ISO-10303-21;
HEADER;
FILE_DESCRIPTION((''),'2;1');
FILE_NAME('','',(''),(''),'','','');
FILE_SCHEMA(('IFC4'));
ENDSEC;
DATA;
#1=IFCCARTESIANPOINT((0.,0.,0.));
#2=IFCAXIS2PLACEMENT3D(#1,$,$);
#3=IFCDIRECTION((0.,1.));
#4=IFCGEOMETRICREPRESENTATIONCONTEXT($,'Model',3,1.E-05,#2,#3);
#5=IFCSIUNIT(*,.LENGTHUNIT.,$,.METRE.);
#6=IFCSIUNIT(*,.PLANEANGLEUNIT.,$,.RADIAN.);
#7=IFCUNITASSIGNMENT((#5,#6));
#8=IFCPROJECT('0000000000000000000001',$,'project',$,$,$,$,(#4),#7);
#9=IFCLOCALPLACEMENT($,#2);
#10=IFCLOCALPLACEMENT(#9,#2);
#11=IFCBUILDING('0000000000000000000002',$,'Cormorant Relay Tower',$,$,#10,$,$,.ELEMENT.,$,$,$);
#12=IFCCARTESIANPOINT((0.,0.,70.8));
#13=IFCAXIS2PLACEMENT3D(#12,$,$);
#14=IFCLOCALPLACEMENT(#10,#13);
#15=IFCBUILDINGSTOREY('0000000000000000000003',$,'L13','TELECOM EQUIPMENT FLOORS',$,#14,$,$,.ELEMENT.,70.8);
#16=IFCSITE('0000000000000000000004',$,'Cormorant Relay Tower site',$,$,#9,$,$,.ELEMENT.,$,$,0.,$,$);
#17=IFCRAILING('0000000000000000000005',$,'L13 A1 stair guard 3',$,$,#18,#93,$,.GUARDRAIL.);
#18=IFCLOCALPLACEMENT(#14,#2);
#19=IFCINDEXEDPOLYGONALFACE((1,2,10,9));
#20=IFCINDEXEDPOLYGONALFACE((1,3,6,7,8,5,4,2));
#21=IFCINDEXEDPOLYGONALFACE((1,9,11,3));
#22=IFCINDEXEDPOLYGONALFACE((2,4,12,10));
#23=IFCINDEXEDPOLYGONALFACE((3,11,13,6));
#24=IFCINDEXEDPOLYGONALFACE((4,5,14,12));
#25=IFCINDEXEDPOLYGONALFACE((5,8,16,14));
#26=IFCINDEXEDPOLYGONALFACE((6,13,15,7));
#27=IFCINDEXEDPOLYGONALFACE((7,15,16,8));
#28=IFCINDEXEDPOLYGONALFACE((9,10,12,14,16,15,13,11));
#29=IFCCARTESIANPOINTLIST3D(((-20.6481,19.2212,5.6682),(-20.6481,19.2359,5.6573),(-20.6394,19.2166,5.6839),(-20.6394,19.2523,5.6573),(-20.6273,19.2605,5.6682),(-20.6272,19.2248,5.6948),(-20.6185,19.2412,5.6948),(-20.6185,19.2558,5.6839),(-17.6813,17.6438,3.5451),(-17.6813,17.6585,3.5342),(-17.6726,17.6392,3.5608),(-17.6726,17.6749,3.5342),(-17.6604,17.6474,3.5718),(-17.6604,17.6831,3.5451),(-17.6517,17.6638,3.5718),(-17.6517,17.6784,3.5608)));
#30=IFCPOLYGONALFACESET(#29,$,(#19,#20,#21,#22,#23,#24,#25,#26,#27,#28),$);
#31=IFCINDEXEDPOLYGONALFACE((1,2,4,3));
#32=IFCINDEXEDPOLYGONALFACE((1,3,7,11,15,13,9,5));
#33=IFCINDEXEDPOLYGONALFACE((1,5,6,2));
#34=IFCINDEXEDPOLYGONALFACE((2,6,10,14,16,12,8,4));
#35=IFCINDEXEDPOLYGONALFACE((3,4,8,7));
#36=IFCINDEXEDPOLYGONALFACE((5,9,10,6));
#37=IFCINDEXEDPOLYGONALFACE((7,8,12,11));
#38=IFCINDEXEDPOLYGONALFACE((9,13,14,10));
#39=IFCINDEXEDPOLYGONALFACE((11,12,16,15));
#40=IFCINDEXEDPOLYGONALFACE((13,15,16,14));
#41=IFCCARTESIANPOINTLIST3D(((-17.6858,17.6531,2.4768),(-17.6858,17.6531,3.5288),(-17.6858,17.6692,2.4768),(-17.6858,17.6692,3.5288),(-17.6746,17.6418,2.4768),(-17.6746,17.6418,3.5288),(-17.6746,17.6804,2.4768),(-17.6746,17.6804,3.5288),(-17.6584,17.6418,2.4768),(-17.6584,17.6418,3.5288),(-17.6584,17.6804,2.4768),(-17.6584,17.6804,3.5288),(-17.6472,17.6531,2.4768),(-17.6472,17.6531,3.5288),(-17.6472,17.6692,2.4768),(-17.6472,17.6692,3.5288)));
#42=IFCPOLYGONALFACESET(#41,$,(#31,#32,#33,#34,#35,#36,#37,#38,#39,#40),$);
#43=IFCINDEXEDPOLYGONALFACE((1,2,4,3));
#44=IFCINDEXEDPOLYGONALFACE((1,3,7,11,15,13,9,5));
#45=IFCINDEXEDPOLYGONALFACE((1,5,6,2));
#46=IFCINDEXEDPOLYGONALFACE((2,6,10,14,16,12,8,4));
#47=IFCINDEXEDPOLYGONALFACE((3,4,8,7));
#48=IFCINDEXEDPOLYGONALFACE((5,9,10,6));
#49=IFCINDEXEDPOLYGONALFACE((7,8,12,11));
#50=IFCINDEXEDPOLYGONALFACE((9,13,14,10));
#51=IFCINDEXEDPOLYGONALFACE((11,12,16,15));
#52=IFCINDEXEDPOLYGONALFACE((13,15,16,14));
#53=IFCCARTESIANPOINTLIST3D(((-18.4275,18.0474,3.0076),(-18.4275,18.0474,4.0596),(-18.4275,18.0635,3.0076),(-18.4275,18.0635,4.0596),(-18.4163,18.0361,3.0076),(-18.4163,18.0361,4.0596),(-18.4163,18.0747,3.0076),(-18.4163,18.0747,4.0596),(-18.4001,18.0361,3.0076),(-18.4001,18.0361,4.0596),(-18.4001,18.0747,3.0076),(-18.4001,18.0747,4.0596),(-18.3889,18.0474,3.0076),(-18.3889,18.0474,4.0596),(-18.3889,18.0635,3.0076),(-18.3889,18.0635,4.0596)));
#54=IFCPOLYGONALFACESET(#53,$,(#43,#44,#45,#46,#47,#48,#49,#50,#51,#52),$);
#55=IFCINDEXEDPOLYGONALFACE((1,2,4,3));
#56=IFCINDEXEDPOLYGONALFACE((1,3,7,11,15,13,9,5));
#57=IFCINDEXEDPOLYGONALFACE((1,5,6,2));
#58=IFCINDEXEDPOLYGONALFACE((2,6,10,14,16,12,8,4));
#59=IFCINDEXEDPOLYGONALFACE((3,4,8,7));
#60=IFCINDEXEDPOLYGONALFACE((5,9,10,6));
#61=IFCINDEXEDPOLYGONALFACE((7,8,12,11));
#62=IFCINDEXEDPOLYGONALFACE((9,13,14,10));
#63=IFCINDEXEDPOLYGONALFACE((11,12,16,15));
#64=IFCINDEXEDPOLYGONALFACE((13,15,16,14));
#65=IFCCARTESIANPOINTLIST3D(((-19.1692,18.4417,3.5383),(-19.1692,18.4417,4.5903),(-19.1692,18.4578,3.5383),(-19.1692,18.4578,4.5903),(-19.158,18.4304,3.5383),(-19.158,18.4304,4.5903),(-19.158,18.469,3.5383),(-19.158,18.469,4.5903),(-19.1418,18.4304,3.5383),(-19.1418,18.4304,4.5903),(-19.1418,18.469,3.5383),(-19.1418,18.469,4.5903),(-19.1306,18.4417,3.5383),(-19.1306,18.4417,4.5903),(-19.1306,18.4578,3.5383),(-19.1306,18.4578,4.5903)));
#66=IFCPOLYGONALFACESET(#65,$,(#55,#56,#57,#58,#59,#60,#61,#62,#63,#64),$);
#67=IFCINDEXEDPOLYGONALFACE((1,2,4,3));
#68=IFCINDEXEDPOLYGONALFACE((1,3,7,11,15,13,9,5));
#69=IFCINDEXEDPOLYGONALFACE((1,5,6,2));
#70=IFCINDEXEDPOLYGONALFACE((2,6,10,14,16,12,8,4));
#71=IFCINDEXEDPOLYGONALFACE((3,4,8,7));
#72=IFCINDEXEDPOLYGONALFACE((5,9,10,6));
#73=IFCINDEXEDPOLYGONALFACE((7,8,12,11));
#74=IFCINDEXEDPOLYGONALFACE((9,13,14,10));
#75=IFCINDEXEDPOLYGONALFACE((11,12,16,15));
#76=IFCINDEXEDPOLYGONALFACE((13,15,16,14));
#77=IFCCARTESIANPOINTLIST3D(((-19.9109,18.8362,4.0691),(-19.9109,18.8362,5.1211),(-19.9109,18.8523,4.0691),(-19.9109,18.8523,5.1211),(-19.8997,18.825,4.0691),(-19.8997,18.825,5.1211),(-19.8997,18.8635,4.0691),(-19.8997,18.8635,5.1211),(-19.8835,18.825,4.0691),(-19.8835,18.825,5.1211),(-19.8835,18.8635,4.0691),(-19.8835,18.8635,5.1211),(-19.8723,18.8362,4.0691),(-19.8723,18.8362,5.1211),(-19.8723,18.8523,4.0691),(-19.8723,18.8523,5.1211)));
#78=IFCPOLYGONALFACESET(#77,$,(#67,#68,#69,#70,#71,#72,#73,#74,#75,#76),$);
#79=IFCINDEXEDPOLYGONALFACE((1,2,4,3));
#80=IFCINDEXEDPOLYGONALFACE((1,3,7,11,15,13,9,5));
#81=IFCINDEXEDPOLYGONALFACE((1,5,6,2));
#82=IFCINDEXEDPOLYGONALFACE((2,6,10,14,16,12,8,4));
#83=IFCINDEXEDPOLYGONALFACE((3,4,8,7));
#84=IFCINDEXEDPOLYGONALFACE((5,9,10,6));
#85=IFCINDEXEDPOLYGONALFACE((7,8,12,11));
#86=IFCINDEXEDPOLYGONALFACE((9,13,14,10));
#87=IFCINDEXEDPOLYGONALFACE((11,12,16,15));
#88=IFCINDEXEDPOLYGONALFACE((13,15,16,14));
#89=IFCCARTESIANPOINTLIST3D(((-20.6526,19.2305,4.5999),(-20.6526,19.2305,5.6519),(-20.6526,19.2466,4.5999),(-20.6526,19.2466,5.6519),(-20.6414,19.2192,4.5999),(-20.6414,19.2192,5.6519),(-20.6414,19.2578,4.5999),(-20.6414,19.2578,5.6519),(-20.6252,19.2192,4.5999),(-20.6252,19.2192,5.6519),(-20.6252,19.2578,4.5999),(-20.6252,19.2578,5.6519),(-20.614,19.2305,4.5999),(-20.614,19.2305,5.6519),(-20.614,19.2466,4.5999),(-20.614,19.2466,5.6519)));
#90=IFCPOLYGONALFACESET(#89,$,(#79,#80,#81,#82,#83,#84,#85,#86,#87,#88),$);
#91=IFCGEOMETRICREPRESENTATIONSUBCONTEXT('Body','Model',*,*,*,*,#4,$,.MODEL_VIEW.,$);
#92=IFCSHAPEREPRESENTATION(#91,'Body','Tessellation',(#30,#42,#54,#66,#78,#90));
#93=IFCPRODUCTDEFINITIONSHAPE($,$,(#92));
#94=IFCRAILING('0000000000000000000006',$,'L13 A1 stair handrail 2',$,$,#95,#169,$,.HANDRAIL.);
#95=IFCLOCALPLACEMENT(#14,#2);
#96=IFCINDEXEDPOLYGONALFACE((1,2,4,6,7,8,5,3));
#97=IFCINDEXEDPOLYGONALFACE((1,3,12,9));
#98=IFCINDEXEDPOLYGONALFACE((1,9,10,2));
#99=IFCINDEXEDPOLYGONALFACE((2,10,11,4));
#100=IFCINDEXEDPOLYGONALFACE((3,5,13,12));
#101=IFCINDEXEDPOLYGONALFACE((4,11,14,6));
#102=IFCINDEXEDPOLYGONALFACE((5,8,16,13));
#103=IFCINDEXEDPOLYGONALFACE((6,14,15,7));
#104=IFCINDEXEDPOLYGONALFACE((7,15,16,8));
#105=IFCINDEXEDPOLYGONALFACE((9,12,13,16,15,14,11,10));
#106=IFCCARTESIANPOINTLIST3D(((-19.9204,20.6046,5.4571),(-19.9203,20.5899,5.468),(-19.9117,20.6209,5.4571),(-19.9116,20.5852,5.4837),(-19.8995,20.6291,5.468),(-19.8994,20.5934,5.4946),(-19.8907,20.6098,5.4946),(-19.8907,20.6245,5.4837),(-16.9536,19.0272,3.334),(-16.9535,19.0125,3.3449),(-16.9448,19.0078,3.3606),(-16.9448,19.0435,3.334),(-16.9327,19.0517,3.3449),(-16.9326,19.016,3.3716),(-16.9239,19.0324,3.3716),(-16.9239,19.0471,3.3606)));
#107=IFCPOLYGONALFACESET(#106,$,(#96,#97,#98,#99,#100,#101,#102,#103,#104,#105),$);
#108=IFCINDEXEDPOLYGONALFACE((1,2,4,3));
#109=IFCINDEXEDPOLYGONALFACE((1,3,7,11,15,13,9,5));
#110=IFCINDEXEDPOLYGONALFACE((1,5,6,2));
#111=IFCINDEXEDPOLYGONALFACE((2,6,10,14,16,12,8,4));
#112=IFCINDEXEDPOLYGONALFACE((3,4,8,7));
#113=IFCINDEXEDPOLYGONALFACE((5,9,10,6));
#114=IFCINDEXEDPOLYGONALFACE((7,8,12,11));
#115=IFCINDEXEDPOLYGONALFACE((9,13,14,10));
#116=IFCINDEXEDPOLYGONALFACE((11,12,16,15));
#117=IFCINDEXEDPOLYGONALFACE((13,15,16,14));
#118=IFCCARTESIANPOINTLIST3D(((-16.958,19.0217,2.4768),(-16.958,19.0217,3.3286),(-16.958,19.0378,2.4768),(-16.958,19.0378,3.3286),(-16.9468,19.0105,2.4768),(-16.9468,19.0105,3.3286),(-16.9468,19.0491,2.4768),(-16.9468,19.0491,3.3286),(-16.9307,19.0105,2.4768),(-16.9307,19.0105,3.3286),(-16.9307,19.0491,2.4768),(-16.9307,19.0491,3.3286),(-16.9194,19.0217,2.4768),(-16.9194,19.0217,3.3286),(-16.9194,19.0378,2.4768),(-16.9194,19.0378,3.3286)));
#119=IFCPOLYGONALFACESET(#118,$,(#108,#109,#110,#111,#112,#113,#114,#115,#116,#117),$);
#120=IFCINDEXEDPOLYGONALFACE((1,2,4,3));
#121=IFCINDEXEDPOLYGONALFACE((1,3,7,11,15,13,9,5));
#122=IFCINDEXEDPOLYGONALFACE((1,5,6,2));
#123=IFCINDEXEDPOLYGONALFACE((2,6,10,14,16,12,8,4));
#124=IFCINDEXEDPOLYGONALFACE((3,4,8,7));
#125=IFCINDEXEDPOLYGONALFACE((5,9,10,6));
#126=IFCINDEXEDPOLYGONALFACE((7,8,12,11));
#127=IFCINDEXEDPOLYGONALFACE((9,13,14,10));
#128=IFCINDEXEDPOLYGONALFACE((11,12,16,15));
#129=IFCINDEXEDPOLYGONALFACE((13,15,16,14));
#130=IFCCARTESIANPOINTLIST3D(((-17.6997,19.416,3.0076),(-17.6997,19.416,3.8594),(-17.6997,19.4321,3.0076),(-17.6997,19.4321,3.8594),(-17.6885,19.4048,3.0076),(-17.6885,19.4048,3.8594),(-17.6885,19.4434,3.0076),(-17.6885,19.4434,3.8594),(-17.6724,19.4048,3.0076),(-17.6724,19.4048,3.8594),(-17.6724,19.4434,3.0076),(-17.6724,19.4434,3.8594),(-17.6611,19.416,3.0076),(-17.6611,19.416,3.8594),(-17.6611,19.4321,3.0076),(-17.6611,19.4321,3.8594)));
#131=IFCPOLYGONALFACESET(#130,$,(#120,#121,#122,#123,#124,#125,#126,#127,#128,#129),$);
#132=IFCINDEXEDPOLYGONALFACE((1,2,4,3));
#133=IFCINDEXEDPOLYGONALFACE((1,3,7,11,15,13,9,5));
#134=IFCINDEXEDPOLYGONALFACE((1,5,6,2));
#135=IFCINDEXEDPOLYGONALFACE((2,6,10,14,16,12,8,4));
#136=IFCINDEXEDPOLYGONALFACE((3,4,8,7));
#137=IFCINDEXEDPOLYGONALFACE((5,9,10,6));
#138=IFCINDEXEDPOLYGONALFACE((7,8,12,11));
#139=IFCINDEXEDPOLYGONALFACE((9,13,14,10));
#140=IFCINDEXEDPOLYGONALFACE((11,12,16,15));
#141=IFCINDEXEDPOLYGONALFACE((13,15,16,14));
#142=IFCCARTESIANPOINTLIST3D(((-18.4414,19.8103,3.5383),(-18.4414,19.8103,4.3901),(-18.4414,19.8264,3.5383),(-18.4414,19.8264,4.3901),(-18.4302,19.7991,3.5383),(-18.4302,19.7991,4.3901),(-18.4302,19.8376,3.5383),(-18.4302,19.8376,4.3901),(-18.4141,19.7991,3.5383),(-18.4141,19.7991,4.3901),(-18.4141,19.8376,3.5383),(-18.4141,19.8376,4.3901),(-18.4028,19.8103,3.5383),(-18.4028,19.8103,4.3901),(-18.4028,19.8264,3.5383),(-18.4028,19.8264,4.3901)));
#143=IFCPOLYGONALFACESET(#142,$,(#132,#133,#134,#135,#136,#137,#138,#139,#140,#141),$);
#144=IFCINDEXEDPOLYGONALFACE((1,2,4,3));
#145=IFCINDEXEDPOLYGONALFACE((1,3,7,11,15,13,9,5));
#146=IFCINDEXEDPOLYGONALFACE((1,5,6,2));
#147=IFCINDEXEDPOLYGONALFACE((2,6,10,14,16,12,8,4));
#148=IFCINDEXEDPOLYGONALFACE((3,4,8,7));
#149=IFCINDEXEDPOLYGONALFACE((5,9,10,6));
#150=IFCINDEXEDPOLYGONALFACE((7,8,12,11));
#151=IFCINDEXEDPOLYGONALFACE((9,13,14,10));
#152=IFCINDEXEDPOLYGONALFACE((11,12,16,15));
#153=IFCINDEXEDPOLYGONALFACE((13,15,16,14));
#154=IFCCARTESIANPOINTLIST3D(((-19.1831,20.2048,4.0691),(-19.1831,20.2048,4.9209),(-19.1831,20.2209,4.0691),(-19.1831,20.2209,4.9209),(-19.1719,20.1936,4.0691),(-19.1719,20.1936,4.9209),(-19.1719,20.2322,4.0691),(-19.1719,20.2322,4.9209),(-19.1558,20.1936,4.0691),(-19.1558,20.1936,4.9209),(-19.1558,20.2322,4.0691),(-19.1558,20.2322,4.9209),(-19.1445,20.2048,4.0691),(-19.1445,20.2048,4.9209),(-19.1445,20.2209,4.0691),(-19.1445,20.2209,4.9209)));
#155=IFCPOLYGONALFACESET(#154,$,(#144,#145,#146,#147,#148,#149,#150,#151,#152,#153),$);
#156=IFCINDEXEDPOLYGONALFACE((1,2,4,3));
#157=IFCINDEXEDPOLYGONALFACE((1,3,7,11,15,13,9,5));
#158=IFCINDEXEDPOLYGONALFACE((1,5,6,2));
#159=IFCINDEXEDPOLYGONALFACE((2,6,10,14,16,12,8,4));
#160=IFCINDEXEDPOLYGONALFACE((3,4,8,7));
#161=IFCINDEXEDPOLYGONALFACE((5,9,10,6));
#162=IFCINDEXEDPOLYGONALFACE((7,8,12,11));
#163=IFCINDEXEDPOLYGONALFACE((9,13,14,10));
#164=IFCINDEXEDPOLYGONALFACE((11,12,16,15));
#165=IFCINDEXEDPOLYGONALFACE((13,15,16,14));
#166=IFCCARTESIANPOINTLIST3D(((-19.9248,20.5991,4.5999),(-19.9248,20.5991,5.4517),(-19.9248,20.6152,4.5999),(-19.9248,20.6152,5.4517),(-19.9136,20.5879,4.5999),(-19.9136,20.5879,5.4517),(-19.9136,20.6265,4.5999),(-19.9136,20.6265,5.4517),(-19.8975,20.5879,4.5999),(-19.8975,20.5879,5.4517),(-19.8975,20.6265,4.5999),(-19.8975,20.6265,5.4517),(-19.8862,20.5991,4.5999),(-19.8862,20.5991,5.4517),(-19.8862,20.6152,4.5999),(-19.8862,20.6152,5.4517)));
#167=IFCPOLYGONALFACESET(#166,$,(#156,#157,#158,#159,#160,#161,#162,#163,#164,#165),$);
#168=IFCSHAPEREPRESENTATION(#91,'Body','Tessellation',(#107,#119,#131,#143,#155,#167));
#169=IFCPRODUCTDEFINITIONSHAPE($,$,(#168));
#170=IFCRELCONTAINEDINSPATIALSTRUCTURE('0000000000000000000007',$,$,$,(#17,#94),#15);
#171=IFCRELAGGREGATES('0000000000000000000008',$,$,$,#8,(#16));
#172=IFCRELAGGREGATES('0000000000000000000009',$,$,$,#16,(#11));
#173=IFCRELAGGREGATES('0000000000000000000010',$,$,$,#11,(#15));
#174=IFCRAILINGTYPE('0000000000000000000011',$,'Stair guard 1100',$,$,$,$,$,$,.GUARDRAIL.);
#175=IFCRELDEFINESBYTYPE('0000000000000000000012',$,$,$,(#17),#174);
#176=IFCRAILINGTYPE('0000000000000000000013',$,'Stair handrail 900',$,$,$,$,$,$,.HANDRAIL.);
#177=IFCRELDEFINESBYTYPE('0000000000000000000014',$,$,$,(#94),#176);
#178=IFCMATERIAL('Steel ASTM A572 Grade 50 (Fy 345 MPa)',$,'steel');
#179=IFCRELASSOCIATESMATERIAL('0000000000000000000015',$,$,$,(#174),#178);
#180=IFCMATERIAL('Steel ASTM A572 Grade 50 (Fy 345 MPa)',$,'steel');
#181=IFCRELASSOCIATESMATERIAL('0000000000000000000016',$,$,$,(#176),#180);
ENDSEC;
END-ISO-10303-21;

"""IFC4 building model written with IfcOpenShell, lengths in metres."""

from ifc_helpers import new_model, si_unit, direction, frame, origin, place, context, subcontext, project, spatial, polyline, outline, extrude, material, type_object, element, save


model = new_model("IFC4")

# Units and contexts
model_context = context("Model", 3, precision=1e-05, world=origin(), true_north=direction((0.0, 1.0)))
body_context = subcontext(model_context, "Body", "Model", "MODEL_VIEW")
ifc_project = project(units=[si_unit("LENGTHUNIT", "METRE"), si_unit("PLANEANGLEUNIT", "RADIAN")], contexts=[model_context])

# Site, building, storey
site_placement = place(None, origin())
site = spatial("IfcSite", under=ifc_project, at=site_placement, Name="Cormorant Relay Tower site", CompositionType="ELEMENT", RefElevation=0.0)
building_placement = place(site_placement, origin())
building = spatial("IfcBuilding", under=site, at=building_placement, Name="Cormorant Relay Tower", CompositionType="ELEMENT")
storey_placement = place(building_placement, frame((0.0, 0.0, 70.8)))
storey = spatial("IfcBuildingStorey", under=building, at=storey_placement, Name="L13", Description="TELECOM EQUIPMENT FLOORS", CompositionType="ELEMENT", Elevation=70.8)

# Railings
ifc_material_1 = material(Name="Steel ASTM A572 Grade 50 (Fy 345 MPa)", Category="steel")
railing_type_1 = type_object("IfcRailingType", Name="Stair guard 1100", PredefinedType="GUARDRAIL", material=ifc_material_1)
railing_1_placement = place(storey_placement, frame((-17.6665, 17.6611, 2.4768)))
element("IfcRailing", 1, at=railing_1_placement, inside=storey, type_object=railing_type_1, Name="L13 A1 stair guard 3", PredefinedType="GUARDRAIL", context=body_context, shape_type="SweptSolid", body=[
    extrude(outline(polyline([(0.0222, 0.0093), (0.0093, 0.0222), (-0.0093, 0.0222), (-0.0222, 0.0093), (-0.0222, -0.0093), (-0.0093, -0.0222), (0.0093, -0.0222), (0.0222, -0.0093), (0.0222, 0.0093)])), frame((0.0, 0.0, 1.0762), z_axis=(-0.746441, 0.396869, 0.534155), x_axis=(-0.469453, -0.882958, 0.0)), (0.0, 0.0, 1.0), 3.9746),
    extrude(outline(polyline([(0.0193, 0.0081), (0.0081, 0.0193), (-0.0081, 0.0193), (-0.0193, 0.0081), (-0.0193, -0.0081), (-0.0081, -0.0193), (0.0081, -0.0193), (0.0193, -0.0081), (0.0193, 0.0081)])), origin(), (0.0, 0.0, 1.0), 1.052),
    extrude(outline(polyline([(0.0193, 0.0081), (0.0081, 0.0193), (-0.0081, 0.0193), (-0.0193, 0.0081), (-0.0193, -0.0081), (-0.0081, -0.0193), (0.0081, -0.0193), (0.0193, -0.0081), (0.0193, 0.0081)])), frame((-0.7417, 0.3943, 0.5308)), (0.0, 0.0, 1.0), 1.052),
    extrude(outline(polyline([(0.0193, 0.0081), (0.0081, 0.0193), (-0.0081, 0.0193), (-0.0193, 0.0081), (-0.0193, -0.0081), (-0.0081, -0.0193), (0.0081, -0.0193), (0.0193, -0.0081), (0.0193, 0.0081)])), frame((-1.4834, 0.7886, 1.0615)), (0.0, 0.0, 1.0), 1.052),
    extrude(outline(polyline([(0.0193, 0.0081), (0.0081, 0.0193), (-0.0081, 0.0193), (-0.0193, 0.0081), (-0.0193, -0.0081), (-0.0081, -0.0193), (0.0081, -0.0193), (0.0193, -0.0081), (0.0193, 0.0081)])), frame((-2.2251, 1.1831, 1.5923)), (0.0, 0.0, 1.0), 1.052),
    extrude(outline(polyline([(0.0193, 0.0081), (0.0081, 0.0193), (-0.0081, 0.0193), (-0.0193, 0.0081), (-0.0193, -0.0081), (-0.0081, -0.0193), (0.0081, -0.0193), (0.0193, -0.0081), (0.0193, 0.0081)])), frame((-2.9668, 1.5774, 2.123)), (0.0, 0.0, 1.0), 1.052),
])
ifc_material_2 = material(Name="Steel ASTM A572 Grade 50 (Fy 345 MPa)", Category="steel")
railing_type_2 = type_object("IfcRailingType", Name="Stair handrail 900", PredefinedType="HANDRAIL", material=ifc_material_2)
railing_2_placement = place(storey_placement, frame((-16.9387, 19.0298, 2.4768)))
element("IfcRailing", 2, at=railing_2_placement, inside=storey, type_object=railing_type_2, Name="L13 A1 stair handrail 2", PredefinedType="HANDRAIL", context=body_context, shape_type="SweptSolid", body=[
    extrude(outline(polyline([(0.0222, 0.0093), (0.0093, 0.0222), (-0.0093, 0.0222), (-0.0222, 0.0093), (-0.0222, -0.0093), (-0.0093, -0.0222), (0.0093, -0.0222), (0.0222, -0.0093), (0.0222, 0.0093)])), frame((0.0, 0.0, 0.876), z_axis=(-0.746441, 0.396869, 0.534155), x_axis=(-0.469453, -0.882958, 0.0)), (0.0, 0.0, 1.0), 3.9746),
    extrude(outline(polyline([(0.0193, 0.0081), (0.0081, 0.0193), (-0.0081, 0.0193), (-0.0193, 0.0081), (-0.0193, -0.0081), (-0.0081, -0.0193), (0.0081, -0.0193), (0.0193, -0.0081), (0.0193, 0.0081)])), origin(), (0.0, 0.0, 1.0), 0.8518),
    extrude(outline(polyline([(0.0193, 0.0081), (0.0081, 0.0193), (-0.0081, 0.0193), (-0.0193, 0.0081), (-0.0193, -0.0081), (-0.0081, -0.0193), (0.0081, -0.0193), (0.0193, -0.0081), (0.0193, 0.0081)])), frame((-0.7417, 0.3943, 0.5308)), (0.0, 0.0, 1.0), 0.8518),
    extrude(outline(polyline([(0.0193, 0.0081), (0.0081, 0.0193), (-0.0081, 0.0193), (-0.0193, 0.0081), (-0.0193, -0.0081), (-0.0081, -0.0193), (0.0081, -0.0193), (0.0193, -0.0081), (0.0193, 0.0081)])), frame((-1.4834, 0.7886, 1.0615)), (0.0, 0.0, 1.0), 0.8518),
    extrude(outline(polyline([(0.0193, 0.0081), (0.0081, 0.0193), (-0.0081, 0.0193), (-0.0193, 0.0081), (-0.0193, -0.0081), (-0.0081, -0.0193), (0.0081, -0.0193), (0.0193, -0.0081), (0.0193, 0.0081)])), frame((-2.2251, 1.1831, 1.5923)), (0.0, 0.0, 1.0), 0.8518),
    extrude(outline(polyline([(0.0193, 0.0081), (0.0081, 0.0193), (-0.0081, 0.0193), (-0.0193, 0.0081), (-0.0193, -0.0081), (-0.0081, -0.0193), (0.0081, -0.0193), (0.0193, -0.0081), (0.0193, 0.0081)])), frame((-2.9668, 1.5774, 2.123)), (0.0, 0.0, 1.0), 0.8518),
])

save(model, "model.ifc")
